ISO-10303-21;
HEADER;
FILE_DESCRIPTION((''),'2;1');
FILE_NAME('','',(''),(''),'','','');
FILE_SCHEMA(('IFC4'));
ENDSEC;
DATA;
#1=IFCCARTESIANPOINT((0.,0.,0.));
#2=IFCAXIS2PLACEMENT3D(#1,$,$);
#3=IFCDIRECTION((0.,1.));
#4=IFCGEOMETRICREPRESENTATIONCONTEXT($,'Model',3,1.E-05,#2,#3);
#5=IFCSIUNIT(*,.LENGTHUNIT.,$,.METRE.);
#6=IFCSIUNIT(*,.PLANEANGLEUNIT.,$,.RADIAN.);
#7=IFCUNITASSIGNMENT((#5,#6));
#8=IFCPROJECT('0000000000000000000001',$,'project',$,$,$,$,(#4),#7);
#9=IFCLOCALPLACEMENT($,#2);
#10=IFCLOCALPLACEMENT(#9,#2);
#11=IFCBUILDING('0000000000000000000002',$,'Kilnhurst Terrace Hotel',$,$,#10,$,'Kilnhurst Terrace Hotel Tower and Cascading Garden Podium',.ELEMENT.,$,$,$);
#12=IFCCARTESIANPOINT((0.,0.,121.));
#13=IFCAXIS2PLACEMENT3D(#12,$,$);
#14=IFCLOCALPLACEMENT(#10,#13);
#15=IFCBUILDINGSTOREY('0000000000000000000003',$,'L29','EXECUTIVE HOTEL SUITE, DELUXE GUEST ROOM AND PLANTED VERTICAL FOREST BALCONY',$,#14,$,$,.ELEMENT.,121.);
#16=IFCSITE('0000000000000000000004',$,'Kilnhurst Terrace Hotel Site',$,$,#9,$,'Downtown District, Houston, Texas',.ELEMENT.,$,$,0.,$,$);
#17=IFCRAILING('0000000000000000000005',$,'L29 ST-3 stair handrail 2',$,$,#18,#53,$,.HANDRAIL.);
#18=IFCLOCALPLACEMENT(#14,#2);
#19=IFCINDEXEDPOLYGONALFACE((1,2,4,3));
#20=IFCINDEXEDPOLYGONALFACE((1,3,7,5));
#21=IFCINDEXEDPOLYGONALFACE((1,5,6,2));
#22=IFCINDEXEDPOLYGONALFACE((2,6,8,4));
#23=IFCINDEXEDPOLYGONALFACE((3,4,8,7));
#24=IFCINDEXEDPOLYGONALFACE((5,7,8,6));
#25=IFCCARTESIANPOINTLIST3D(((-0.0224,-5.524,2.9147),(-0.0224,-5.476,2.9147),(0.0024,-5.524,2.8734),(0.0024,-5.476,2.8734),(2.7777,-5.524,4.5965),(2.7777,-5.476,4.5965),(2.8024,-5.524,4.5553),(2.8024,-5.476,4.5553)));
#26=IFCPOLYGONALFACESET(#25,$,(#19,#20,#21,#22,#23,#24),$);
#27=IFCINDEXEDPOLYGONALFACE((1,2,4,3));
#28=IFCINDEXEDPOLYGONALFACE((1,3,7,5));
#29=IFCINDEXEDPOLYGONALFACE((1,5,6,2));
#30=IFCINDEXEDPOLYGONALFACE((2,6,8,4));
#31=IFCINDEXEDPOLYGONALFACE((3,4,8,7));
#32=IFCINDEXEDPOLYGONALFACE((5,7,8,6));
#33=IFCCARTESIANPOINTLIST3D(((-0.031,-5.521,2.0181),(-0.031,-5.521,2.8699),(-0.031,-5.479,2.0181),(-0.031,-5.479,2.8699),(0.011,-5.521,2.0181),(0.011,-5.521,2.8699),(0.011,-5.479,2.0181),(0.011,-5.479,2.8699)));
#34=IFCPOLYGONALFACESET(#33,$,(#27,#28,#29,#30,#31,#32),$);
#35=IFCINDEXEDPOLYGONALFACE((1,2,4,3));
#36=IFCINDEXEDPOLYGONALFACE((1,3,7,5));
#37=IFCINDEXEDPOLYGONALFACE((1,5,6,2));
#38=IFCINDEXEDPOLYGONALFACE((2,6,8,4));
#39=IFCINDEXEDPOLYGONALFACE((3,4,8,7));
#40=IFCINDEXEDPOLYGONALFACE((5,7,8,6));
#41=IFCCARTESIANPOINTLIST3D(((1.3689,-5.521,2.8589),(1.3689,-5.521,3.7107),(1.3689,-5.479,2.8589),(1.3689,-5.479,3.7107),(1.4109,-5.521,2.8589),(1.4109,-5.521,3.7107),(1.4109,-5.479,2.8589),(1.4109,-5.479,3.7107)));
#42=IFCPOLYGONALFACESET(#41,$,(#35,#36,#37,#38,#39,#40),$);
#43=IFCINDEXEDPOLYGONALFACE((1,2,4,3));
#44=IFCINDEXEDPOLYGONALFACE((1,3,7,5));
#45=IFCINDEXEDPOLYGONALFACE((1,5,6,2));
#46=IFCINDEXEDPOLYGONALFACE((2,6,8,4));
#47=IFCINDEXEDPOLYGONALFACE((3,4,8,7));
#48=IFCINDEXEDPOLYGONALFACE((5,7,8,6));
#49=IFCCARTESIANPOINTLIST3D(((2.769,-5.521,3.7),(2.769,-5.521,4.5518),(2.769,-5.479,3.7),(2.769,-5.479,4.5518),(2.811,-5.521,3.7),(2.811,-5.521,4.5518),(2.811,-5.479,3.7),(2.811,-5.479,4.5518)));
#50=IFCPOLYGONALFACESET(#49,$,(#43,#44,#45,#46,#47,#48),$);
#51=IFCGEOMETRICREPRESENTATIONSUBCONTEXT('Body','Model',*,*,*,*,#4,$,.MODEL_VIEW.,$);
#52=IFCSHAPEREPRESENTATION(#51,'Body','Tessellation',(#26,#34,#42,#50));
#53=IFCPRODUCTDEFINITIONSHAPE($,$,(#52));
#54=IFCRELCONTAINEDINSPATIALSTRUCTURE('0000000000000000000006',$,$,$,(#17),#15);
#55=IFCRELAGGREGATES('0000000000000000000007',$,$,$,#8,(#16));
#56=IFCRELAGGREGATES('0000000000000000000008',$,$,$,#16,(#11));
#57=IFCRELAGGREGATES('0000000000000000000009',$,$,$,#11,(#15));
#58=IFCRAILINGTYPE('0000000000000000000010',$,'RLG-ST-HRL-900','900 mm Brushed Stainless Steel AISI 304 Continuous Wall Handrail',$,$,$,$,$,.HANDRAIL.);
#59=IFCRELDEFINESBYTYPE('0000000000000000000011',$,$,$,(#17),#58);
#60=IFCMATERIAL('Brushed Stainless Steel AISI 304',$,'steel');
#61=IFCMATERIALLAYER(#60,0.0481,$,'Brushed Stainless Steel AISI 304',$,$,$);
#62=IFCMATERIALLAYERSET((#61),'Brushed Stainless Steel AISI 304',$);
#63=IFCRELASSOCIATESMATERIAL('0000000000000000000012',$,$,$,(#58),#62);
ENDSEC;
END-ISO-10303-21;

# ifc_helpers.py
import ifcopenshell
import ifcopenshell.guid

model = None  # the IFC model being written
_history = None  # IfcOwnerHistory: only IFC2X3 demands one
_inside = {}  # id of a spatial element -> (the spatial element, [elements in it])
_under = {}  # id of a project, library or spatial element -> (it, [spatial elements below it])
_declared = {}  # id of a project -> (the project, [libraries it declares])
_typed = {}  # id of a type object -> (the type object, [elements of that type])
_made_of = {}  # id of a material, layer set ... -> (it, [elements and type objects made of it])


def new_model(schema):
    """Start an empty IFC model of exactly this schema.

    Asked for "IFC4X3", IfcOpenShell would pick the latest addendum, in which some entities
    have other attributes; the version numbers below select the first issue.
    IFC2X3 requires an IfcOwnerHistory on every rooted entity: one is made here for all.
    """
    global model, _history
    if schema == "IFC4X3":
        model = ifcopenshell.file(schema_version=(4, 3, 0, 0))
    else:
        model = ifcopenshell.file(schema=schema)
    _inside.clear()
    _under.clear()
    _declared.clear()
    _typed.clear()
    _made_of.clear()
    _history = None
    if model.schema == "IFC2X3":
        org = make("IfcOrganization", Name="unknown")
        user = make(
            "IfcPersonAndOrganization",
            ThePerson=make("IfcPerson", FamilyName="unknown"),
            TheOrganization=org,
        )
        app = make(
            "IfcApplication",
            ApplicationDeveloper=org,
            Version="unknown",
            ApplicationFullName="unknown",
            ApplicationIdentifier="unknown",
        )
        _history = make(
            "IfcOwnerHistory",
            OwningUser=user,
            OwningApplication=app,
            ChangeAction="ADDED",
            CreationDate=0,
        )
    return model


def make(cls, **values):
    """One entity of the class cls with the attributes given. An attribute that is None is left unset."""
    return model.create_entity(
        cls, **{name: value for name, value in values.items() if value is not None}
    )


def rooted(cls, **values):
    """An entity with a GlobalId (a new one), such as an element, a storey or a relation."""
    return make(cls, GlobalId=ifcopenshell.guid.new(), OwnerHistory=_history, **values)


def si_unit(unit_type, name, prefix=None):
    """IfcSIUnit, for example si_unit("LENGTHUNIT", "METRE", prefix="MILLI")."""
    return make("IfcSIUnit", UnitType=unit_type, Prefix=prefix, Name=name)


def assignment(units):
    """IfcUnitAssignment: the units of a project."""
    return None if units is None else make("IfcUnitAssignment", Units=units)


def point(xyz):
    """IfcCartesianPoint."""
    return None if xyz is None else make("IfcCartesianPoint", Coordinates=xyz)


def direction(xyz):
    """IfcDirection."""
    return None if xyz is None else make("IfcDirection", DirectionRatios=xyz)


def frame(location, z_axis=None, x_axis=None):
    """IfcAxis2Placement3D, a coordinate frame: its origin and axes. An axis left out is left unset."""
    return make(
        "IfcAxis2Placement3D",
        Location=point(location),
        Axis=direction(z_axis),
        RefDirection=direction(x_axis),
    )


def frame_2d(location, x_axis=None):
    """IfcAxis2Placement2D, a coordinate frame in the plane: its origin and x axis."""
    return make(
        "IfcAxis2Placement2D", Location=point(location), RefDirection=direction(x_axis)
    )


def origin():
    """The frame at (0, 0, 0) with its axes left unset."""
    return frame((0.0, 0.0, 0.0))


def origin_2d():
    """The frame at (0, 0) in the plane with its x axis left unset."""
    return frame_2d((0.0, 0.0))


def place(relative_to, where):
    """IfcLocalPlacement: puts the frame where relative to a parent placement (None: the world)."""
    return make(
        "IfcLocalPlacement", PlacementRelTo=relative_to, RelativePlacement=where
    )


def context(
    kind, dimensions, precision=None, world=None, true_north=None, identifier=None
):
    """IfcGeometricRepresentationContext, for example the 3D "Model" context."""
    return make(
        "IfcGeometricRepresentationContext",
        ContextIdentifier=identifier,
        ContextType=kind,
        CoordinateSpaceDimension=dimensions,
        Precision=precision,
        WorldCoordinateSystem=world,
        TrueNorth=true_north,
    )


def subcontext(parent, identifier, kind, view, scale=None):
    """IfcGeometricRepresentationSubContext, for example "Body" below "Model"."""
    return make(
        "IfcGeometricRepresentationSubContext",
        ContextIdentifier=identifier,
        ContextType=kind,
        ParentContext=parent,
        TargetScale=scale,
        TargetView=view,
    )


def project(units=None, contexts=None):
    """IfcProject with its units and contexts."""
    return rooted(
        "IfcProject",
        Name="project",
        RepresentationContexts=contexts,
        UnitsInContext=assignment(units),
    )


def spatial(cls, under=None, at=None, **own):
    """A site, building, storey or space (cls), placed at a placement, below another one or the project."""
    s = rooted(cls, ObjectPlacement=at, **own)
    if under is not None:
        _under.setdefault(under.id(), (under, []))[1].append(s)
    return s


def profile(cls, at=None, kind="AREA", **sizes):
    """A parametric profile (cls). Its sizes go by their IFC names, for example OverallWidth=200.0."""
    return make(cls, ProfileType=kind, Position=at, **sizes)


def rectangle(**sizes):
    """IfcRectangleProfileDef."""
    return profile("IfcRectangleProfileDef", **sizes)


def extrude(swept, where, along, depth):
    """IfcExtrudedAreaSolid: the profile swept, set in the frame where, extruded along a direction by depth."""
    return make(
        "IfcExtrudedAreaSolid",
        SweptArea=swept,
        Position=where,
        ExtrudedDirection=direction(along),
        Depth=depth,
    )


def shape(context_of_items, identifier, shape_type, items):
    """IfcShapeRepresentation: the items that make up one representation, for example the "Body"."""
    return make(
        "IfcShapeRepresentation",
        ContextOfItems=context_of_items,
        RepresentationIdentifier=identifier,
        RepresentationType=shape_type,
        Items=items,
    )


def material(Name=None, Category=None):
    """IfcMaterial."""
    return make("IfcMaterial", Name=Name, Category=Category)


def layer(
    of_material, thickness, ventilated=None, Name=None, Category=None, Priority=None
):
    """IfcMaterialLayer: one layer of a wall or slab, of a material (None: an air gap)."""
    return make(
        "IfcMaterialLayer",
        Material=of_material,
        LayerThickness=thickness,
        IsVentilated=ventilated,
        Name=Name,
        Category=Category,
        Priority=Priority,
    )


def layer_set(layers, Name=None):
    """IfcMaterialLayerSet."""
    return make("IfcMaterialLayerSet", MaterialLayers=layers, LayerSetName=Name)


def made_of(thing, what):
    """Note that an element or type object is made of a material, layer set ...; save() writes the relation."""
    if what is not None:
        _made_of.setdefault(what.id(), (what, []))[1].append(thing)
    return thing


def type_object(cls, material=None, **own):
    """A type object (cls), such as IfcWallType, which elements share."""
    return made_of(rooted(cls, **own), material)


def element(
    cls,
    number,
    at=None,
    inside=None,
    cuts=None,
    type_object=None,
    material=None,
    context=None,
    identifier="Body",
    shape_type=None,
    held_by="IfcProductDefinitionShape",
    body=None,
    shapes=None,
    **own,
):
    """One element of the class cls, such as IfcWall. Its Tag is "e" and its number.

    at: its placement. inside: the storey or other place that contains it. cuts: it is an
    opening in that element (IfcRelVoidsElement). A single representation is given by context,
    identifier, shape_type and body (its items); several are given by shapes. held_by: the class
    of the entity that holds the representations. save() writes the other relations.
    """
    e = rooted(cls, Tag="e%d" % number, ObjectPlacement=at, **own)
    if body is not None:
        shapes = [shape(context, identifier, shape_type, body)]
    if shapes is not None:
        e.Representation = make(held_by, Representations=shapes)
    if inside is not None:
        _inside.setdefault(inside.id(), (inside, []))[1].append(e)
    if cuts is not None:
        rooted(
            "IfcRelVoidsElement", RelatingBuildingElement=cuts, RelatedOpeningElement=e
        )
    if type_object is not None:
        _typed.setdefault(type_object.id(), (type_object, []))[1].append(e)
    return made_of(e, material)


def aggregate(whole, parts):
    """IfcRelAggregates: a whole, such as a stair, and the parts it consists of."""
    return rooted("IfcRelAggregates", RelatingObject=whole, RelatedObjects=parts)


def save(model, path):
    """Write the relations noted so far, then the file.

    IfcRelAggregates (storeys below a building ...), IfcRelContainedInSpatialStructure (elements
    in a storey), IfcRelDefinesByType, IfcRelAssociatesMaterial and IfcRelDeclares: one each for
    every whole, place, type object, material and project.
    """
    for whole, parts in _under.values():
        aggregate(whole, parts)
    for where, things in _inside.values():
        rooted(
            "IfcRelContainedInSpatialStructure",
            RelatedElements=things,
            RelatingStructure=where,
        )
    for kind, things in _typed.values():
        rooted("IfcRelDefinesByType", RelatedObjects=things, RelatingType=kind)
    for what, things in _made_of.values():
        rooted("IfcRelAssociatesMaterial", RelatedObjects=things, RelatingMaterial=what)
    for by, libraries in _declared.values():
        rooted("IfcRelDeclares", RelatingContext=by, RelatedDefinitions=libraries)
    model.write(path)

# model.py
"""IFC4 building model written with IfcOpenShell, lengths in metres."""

from ifc_helpers import new_model, si_unit, direction, frame, origin, origin_2d, place, context, subcontext, project, spatial, rectangle, extrude, material, layer, layer_set, type_object, element, save


model = new_model("IFC4")

# Units and contexts
model_context = context("Model", 3, precision=1e-05, world=origin(), true_north=direction((0.0, 1.0)))
body_context = subcontext(model_context, "Body", "Model", "MODEL_VIEW")
ifc_project = project(units=[si_unit("LENGTHUNIT", "METRE"), si_unit("PLANEANGLEUNIT", "RADIAN")], contexts=[model_context])

# Site, building, storey
site_placement = place(None, origin())
site = spatial("IfcSite", under=ifc_project, at=site_placement, Name="Kilnhurst Terrace Hotel Site", LongName="Downtown District, Houston, Texas", CompositionType="ELEMENT", RefElevation=0.0)
building_placement = place(site_placement, origin())
building = spatial("IfcBuilding", under=site, at=building_placement, Name="Kilnhurst Terrace Hotel", LongName="Kilnhurst Terrace Hotel Tower and Cascading Garden Podium", CompositionType="ELEMENT")
storey_placement = place(building_placement, frame((0.0, 0.0, 121.0)))
storey = spatial("IfcBuildingStorey", under=building, at=storey_placement, Name="L29", Description="EXECUTIVE HOTEL SUITE, DELUXE GUEST ROOM AND PLANTED VERTICAL FOREST BALCONY", CompositionType="ELEMENT", Elevation=121.0)

# Railing
ifc_material_1 = material(Name="Brushed Stainless Steel AISI 304", Category="steel")
ifc_layer_1 = layer(ifc_material_1, 0.0481, Name="Brushed Stainless Steel AISI 304")
ifc_layer_set_1 = layer_set([ifc_layer_1], Name="Brushed Stainless Steel AISI 304")
railing_type_1 = type_object("IfcRailingType", Name="RLG-ST-HRL-900", Description="900 mm Brushed Stainless Steel AISI 304 Continuous Wall Handrail", PredefinedType="HANDRAIL", material=ifc_layer_set_1)
railing_1_placement = place(storey_placement, frame((-0.01, -5.5, 2.0181)))
element("IfcRailing", 1, at=railing_1_placement, inside=storey, type_object=railing_type_1, Name="L29 ST-3 stair handrail 2", PredefinedType="HANDRAIL", context=body_context, shape_type="SweptSolid", body=[
    extrude(rectangle(XDim=0.0481, YDim=0.0481, at=origin_2d()), frame((0.0, 0.0, 0.876), z_axis=(0.857242, 0.0, 0.514913), x_axis=(0.0, 1.0, 0.0)), (0.0, 0.0, 1.0), 3.2664),
    extrude(rectangle(XDim=0.042, YDim=0.042, at=origin_2d()), origin(), (0.0, 0.0, 1.0), 0.8518),
    extrude(rectangle(XDim=0.042, YDim=0.042, at=origin_2d()), frame((1.3999, 0.0, 0.8408)), (0.0, 0.0, 1.0), 0.8518),
    extrude(rectangle(XDim=0.042, YDim=0.042, at=origin_2d()), frame((2.8, 0.0, 1.6819)), (0.0, 0.0, 1.0), 0.8518),
])

save(model, "model.ifc")
